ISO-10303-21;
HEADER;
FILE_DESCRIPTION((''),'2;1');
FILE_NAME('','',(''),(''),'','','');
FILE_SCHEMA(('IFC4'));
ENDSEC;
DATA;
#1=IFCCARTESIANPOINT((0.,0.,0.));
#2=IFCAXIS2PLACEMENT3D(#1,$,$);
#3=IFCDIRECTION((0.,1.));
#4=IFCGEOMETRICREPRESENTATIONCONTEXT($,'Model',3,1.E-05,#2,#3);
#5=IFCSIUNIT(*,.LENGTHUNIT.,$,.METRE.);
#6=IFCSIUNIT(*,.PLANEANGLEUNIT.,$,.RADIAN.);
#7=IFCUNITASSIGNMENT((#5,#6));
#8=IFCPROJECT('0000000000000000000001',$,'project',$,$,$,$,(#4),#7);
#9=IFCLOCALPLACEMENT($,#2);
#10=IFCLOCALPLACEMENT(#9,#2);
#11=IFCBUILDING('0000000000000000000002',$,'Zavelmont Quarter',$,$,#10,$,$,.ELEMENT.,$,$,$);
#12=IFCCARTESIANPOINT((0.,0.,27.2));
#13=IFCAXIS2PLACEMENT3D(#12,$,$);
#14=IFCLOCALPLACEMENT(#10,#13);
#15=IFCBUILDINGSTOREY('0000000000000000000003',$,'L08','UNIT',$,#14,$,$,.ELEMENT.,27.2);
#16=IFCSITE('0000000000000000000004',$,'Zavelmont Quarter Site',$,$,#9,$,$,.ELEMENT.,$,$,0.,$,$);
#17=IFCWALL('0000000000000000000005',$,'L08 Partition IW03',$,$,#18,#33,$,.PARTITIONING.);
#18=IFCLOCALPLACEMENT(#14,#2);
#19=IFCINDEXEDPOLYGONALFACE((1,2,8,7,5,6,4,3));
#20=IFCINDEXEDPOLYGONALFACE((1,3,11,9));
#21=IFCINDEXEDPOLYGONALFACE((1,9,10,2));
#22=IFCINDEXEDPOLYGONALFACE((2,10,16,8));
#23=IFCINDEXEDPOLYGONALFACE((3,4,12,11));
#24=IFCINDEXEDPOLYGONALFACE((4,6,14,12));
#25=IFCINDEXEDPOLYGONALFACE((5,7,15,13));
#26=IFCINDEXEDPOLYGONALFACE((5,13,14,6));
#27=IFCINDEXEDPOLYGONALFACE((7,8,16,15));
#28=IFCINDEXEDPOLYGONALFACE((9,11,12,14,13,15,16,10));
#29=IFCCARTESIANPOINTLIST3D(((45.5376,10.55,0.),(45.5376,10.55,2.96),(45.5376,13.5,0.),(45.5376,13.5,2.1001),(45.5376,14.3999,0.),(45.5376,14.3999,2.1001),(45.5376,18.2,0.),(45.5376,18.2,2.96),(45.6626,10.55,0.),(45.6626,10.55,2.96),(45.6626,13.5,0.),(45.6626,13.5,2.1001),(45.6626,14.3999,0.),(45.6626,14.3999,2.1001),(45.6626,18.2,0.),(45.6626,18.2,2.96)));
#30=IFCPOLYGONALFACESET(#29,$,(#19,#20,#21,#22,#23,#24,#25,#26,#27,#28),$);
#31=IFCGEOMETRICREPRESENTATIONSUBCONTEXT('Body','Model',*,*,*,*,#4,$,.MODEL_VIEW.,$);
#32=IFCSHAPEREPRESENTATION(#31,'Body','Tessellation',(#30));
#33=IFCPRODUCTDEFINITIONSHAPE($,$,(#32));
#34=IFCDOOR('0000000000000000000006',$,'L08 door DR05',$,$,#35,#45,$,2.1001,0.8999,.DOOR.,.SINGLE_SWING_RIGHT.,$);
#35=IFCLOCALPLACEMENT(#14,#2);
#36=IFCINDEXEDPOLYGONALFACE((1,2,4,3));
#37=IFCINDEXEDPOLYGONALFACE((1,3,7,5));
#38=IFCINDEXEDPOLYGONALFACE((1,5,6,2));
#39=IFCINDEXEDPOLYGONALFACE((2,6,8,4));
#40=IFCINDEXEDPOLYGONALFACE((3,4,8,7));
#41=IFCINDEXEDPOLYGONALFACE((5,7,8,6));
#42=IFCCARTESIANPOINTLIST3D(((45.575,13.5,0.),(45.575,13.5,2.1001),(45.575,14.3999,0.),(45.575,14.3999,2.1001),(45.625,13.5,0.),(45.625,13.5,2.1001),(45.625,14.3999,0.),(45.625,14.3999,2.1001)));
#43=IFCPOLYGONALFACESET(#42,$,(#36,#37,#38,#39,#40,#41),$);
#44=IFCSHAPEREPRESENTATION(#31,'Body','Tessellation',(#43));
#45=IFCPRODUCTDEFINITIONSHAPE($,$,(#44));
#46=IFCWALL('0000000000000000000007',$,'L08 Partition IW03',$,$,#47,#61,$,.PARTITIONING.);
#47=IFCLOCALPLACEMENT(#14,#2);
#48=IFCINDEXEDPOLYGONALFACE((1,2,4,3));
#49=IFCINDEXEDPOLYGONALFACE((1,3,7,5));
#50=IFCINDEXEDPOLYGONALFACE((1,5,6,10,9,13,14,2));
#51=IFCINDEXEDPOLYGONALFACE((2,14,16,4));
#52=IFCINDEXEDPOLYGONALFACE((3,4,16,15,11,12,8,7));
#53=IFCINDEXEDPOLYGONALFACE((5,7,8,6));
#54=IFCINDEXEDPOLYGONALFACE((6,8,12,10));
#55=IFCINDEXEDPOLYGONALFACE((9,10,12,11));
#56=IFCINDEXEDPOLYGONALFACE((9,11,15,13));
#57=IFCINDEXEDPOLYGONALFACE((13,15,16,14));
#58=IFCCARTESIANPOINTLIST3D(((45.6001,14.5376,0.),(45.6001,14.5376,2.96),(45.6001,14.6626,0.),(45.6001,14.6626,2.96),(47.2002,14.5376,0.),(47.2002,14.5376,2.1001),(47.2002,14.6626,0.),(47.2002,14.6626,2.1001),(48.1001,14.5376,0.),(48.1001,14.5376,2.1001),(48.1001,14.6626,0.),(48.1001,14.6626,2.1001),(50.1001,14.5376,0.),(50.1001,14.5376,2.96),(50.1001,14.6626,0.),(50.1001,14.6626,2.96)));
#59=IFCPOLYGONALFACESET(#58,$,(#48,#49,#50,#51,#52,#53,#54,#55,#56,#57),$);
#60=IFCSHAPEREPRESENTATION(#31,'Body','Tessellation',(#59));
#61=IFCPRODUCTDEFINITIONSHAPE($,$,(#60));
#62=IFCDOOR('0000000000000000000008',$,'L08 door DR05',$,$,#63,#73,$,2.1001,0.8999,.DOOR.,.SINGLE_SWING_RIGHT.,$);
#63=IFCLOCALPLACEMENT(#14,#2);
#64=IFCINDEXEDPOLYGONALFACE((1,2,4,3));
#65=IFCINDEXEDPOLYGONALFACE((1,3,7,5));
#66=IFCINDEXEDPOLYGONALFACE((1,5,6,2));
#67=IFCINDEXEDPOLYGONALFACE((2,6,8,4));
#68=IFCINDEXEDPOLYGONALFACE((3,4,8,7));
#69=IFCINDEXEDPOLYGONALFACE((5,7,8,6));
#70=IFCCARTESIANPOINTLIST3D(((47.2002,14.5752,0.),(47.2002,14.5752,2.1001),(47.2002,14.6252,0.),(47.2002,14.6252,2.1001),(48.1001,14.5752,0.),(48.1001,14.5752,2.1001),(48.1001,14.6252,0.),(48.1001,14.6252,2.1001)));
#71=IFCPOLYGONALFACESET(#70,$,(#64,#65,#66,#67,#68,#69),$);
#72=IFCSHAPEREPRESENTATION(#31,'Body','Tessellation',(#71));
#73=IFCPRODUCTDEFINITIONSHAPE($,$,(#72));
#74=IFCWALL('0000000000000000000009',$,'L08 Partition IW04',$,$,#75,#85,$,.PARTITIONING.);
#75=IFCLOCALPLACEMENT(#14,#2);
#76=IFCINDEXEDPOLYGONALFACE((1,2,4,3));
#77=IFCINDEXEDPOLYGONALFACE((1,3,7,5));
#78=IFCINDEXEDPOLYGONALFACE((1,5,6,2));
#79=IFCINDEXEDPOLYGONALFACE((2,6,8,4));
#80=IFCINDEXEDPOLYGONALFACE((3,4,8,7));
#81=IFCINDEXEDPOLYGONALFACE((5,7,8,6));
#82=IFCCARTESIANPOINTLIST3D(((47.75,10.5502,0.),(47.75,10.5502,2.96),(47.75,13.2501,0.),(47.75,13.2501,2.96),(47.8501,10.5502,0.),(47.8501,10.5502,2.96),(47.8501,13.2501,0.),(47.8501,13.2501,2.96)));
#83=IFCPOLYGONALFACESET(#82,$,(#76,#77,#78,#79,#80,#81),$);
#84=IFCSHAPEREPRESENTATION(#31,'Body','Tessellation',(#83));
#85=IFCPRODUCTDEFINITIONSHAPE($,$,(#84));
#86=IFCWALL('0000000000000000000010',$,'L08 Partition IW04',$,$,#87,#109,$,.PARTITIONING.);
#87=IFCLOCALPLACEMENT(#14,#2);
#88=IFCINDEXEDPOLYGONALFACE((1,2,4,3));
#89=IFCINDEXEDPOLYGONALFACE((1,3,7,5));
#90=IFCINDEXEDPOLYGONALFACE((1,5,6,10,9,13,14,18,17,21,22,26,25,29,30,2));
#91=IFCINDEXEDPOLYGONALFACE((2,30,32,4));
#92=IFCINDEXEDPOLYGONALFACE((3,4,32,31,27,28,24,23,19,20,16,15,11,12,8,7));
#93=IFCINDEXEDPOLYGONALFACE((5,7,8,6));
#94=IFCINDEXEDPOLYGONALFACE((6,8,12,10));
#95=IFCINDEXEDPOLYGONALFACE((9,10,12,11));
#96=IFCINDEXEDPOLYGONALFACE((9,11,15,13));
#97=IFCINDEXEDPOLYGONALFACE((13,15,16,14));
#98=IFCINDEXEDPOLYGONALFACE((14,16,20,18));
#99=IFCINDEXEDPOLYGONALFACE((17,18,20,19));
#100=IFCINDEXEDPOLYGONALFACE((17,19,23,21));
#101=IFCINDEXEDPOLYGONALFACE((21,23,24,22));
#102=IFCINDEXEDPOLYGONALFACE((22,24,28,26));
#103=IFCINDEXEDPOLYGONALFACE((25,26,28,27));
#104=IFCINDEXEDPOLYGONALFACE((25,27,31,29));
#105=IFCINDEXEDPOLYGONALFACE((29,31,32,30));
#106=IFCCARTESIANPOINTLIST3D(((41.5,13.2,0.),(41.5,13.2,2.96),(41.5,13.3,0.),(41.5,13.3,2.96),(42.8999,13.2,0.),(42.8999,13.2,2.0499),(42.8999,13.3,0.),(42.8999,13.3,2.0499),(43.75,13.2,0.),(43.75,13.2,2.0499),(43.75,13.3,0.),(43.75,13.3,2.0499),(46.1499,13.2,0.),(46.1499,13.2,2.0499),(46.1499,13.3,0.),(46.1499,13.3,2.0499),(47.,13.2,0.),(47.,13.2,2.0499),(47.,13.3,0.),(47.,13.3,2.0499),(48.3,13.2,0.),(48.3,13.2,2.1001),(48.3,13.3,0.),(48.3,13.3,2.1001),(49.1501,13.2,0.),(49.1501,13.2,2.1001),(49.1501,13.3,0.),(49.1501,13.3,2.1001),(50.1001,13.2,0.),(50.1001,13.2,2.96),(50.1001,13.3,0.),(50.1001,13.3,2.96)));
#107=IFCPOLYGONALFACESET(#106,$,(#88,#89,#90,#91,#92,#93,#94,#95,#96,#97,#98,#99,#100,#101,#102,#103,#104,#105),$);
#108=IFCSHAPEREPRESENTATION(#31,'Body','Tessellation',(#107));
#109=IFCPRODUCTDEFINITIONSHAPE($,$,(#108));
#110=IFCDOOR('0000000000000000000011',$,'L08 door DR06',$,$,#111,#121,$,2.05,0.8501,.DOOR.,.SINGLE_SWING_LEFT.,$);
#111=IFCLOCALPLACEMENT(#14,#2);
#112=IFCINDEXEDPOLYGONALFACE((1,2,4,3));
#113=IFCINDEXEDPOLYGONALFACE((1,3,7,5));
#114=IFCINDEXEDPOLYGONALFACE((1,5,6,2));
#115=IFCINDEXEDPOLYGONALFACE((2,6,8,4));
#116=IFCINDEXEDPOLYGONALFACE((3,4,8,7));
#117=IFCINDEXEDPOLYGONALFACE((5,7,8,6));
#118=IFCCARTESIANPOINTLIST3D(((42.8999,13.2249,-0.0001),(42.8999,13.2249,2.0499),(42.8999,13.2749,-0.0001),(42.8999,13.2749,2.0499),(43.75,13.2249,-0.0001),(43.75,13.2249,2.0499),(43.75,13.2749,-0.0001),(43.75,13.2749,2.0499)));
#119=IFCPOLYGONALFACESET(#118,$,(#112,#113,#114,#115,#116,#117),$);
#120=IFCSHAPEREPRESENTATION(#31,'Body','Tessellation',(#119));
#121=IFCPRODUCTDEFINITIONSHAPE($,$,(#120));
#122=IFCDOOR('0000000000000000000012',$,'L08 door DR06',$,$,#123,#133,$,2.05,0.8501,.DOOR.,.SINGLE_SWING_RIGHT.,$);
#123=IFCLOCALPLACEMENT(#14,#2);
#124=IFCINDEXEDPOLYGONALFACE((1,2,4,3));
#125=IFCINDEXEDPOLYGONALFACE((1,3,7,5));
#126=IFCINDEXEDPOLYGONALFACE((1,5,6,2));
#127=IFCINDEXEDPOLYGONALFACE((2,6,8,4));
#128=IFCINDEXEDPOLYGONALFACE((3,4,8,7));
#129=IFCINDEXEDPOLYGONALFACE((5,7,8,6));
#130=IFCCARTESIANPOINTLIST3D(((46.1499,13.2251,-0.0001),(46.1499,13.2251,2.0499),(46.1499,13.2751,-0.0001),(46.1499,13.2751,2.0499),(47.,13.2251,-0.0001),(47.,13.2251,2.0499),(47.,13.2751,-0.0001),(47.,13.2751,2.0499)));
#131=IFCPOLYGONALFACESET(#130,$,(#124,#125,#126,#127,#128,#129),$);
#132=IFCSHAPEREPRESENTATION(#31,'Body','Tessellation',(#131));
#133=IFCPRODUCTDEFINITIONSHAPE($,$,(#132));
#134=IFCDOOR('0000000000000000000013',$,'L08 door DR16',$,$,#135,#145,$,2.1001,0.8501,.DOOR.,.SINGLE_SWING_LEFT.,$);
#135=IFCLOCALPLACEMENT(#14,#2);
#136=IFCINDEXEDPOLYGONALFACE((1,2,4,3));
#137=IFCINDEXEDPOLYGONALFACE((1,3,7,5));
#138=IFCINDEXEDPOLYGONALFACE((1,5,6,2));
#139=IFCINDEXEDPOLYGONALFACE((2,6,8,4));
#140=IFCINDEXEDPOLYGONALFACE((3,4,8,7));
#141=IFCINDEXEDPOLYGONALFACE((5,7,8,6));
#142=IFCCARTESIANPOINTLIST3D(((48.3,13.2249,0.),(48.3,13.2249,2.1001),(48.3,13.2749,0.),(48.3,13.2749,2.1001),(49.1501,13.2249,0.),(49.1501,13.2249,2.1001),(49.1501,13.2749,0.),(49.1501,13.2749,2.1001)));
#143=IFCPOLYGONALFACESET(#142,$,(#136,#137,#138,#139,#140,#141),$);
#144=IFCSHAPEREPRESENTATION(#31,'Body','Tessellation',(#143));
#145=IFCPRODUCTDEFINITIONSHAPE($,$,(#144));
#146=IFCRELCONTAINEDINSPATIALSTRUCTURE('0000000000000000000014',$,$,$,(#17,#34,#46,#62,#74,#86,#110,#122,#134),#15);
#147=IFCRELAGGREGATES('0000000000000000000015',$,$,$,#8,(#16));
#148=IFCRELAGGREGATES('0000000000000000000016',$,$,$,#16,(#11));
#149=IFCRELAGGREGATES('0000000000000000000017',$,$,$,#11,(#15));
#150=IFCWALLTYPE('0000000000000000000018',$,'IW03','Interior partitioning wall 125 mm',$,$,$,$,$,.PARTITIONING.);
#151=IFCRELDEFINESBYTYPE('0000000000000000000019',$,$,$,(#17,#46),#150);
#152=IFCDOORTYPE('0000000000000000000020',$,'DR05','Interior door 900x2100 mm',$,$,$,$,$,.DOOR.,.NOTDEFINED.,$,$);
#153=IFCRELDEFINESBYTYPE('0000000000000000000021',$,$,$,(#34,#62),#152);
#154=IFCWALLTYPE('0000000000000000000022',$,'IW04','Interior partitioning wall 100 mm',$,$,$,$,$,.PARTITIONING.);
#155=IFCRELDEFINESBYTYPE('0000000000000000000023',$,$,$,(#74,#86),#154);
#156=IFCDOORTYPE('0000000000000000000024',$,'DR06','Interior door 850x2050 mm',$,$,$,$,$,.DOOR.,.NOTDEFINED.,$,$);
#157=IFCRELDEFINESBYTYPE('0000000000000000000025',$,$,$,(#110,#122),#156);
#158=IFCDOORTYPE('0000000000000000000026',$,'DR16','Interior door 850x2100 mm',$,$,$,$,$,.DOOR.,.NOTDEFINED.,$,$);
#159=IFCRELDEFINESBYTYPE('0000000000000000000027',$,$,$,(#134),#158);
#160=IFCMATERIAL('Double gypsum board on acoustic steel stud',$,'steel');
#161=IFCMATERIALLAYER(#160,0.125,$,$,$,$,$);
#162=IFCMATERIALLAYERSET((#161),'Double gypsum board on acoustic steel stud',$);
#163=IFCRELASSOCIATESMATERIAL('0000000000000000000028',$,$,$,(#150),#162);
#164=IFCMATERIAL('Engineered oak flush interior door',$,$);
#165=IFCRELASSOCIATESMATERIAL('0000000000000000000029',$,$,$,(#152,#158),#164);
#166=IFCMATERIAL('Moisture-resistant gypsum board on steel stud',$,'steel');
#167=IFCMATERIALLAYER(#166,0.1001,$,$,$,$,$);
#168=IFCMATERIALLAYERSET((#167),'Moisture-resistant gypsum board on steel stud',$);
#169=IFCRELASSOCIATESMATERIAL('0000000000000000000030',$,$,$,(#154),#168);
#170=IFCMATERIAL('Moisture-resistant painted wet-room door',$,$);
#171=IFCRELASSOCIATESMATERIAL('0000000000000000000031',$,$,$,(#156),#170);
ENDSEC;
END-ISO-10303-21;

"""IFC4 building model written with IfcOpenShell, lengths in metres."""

from ifc_helpers import new_model, si_unit, direction, frame, frame_2d, origin, origin_with_axes, place, context, subcontext, project, spatial, rectangle, extrude, material, layer, layer_set, type_object, element, fill, save


model = new_model("IFC4")

# Units and contexts
model_context = context("Model", 3, precision=1e-05, world=origin(), true_north=direction((0.0, 1.0)))
body_context = subcontext(model_context, "Body", "Model", "MODEL_VIEW")
ifc_project = project(units=[si_unit("LENGTHUNIT", "METRE"), si_unit("PLANEANGLEUNIT", "RADIAN")], contexts=[model_context])

# Site, building, storey
site_placement = place(None, origin())
site = spatial("IfcSite", under=ifc_project, at=site_placement, Name="Zavelmont Quarter Site", CompositionType="ELEMENT", RefElevation=0.0)
building_placement = place(site_placement, origin())
building = spatial("IfcBuilding", under=site, at=building_placement, Name="Zavelmont Quarter", CompositionType="ELEMENT")
storey_placement = place(building_placement, frame((0.0, 0.0, 27.2)))
storey = spatial("IfcBuildingStorey", under=building, at=storey_placement, Name="L08", Description="UNIT", CompositionType="ELEMENT", Elevation=27.2)

# Walls, openings, doors
ifc_material_1 = material(Name="Double gypsum board on acoustic steel stud", Category="steel")
ifc_layer_1 = layer(ifc_material_1, 0.125)
ifc_layer_set_1 = layer_set([ifc_layer_1], Name="Double gypsum board on acoustic steel stud")
wall_type_1 = type_object("IfcWallType", Name="IW03", Description="Interior partitioning wall 125 mm", PredefinedType="PARTITIONING", material=ifc_layer_set_1)
wall_1_placement = place(storey_placement, frame((45.6001, 10.55, 0.0), z_axis=(0.0, 0.0, 1.0), x_axis=(0.0, 1.0, 0.0)))
wall_1 = element("IfcWall", 1, at=wall_1_placement, inside=storey, type_object=wall_type_1, Name="L08 Partition IW03", PredefinedType="PARTITIONING", context=body_context, shape_type="SweptSolid", body=[
    extrude(rectangle(XDim=7.6499, YDim=0.125, at=frame_2d((3.825, 0.0))), origin(), (0.0, 0.0, 1.0), 2.96),
])
opening_1_placement = place(wall_1_placement, frame((2.95, 0.0, 0.0)))
opening_1 = element("IfcOpeningElement", 2, at=opening_1_placement, cuts=wall_1, PredefinedType="OPENING", context=body_context, shape_type="SweptSolid", body=[
    extrude(rectangle(XDim=0.8999, YDim=2.1001, at=frame_2d((0.45, 1.05))), frame((0.0, 0.0745, 0.0), z_axis=(0.0, -1.0, 0.0), x_axis=(1.0, 0.0, 0.0)), (0.0, 0.0, 1.0), 0.1489),
])
ifc_material_2 = material(Name="Engineered oak flush interior door")
door_type_1 = type_object("IfcDoorType", Name="DR05", Description="Interior door 900x2100 mm", OperationType="NOTDEFINED", PredefinedType="DOOR", material=ifc_material_2)
door_1_placement = place(opening_1_placement, frame((0.8999, 0.0, 0.0), z_axis=(0.0, 0.0, 1.0), x_axis=(-1.0, 0.0, 0.0)))
door_1 = element("IfcDoor", 3, at=door_1_placement, inside=storey, type_object=door_type_1, Name="L08 door DR05", OperationType="SINGLE_SWING_RIGHT", OverallHeight=2.1001, OverallWidth=0.8999, PredefinedType="DOOR", context=body_context, shape_type="SweptSolid", body=[
    extrude(rectangle(XDim=0.8999, YDim=2.1001, at=frame_2d((0.45, 1.05))), frame((0.0, 0.0249, 0.0), z_axis=(0.0, -1.0, 0.0), x_axis=(1.0, 0.0, 0.0)), (0.0, 0.0, 1.0), 0.05),
])
fill(opening_1, door_1)
wall_2_placement = place(storey_placement, frame((45.6001, 14.6001, 0.0), z_axis=(0.0, 0.0, 1.0), x_axis=(1.0, 0.0, 0.0)))
wall_2 = element("IfcWall", 4, at=wall_2_placement, inside=storey, type_object=wall_type_1, Name="L08 Partition IW03", PredefinedType="PARTITIONING", context=body_context, shape_type="SweptSolid", body=[
    extrude(rectangle(XDim=4.5, YDim=0.125, at=frame_2d((2.25, 0.0))), origin(), (0.0, 0.0, 1.0), 2.96),
])
opening_2_placement = place(wall_2_placement, frame((1.6001, 0.0, 0.0)))
opening_2 = element("IfcOpeningElement", 5, at=opening_2_placement, cuts=wall_2, PredefinedType="OPENING", context=body_context, shape_type="SweptSolid", body=[
    extrude(rectangle(XDim=0.8999, YDim=2.1001, at=frame_2d((0.45, 1.05))), frame((0.0, 0.0745, 0.0), z_axis=(0.0, -1.0, 0.0), x_axis=(1.0, 0.0, 0.0)), (0.0, 0.0, 1.0), 0.1489),
])
door_2_placement = place(opening_2_placement, frame((0.8999, 0.0, 0.0), z_axis=(0.0, 0.0, 1.0), x_axis=(-1.0, 0.0, 0.0)))
door_2 = element("IfcDoor", 6, at=door_2_placement, inside=storey, type_object=door_type_1, Name="L08 door DR05", OperationType="SINGLE_SWING_RIGHT", OverallHeight=2.1001, OverallWidth=0.8999, PredefinedType="DOOR", context=body_context, shape_type="SweptSolid", body=[
    extrude(rectangle(XDim=0.8999, YDim=2.1001, at=frame_2d((0.45, 1.05))), frame((0.0, 0.0249, 0.0), z_axis=(0.0, -1.0, 0.0), x_axis=(1.0, 0.0, 0.0)), (0.0, 0.0, 1.0), 0.05),
])
fill(opening_2, door_2)

# Wall
ifc_material_3 = material(Name="Moisture-resistant gypsum board on steel stud", Category="steel")
ifc_layer_2 = layer(ifc_material_3, 0.1001)
ifc_layer_set_2 = layer_set([ifc_layer_2], Name="Moisture-resistant gypsum board on steel stud")
wall_type_2 = type_object("IfcWallType", Name="IW04", Description="Interior partitioning wall 100 mm", PredefinedType="PARTITIONING", material=ifc_layer_set_2)
wall_3_placement = place(storey_placement, frame((47.8, 10.55, 0.0), z_axis=(0.0, 0.0, 1.0), x_axis=(0.0, 1.0, 0.0)))
element("IfcWall", 7, at=wall_3_placement, inside=storey, type_object=wall_type_2, Name="L08 Partition IW04", PredefinedType="PARTITIONING", context=body_context, shape_type="SweptSolid", body=[
    extrude(rectangle(XDim=2.7, YDim=0.1001, at=frame_2d((1.3501, 0.0))), origin(), (0.0, 0.0, 1.0), 2.96),
])

# Wall, openings, doors
wall_4_placement = place(storey_placement, frame((41.5, 13.25, 0.0), z_axis=(0.0, 0.0, 1.0), x_axis=(1.0, 0.0, 0.0)))
wall_4 = element("IfcWall", 8, at=wall_4_placement, inside=storey, type_object=wall_type_2, Name="L08 Partition IW04", PredefinedType="PARTITIONING", context=body_context, shape_type="SweptSolid", body=[
    extrude(rectangle(XDim=8.6001, YDim=0.1001, at=frame_2d((4.3, 0.0))), origin(), (0.0, 0.0, 1.0), 2.96),
])
opening_3_placement = place(wall_4_placement, frame((1.3999, 0.0, 0.0)))
opening_3 = element("IfcOpeningElement", 9, at=opening_3_placement, cuts=wall_4, PredefinedType="OPENING", context=body_context, shape_type="SweptSolid", body=[
    extrude(rectangle(XDim=0.8501, YDim=2.05, at=frame_2d((0.425, 1.0249))), frame((0.0, 0.062, 0.0), z_axis=(0.0, -1.0, 0.0), x_axis=(1.0, 0.0, 0.0)), (0.0, 0.0, 1.0), 0.124),
])
opening_4_placement = place(wall_4_placement, frame((4.6499, 0.0, 0.0)))
opening_4 = element("IfcOpeningElement", 10, at=opening_4_placement, cuts=wall_4, PredefinedType="OPENING", context=body_context, shape_type="SweptSolid", body=[
    extrude(rectangle(XDim=0.8501, YDim=2.05, at=frame_2d((0.425, 1.0249))), frame((0.0, 0.062, 0.0), z_axis=(0.0, -1.0, 0.0), x_axis=(1.0, 0.0, 0.0)), (0.0, 0.0, 1.0), 0.124),
])
opening_5_placement = place(wall_4_placement, frame((6.8, 0.0, 0.0)))
opening_5 = element("IfcOpeningElement", 11, at=opening_5_placement, cuts=wall_4, PredefinedType="OPENING", context=body_context, shape_type="SweptSolid", body=[
    extrude(rectangle(XDim=0.8501, YDim=2.1001, at=frame_2d((0.425, 1.05))), frame((0.0, 0.062, 0.0), z_axis=(0.0, -1.0, 0.0), x_axis=(1.0, 0.0, 0.0)), (0.0, 0.0, 1.0), 0.124),
])
ifc_material_4 = material(Name="Moisture-resistant painted wet-room door")
door_type_2 = type_object("IfcDoorType", Name="DR06", Description="Interior door 850x2050 mm", OperationType="NOTDEFINED", PredefinedType="DOOR", material=ifc_material_4)
door_3_placement = place(opening_3_placement, origin_with_axes())
door_3 = element("IfcDoor", 12, at=door_3_placement, inside=storey, type_object=door_type_2, Name="L08 door DR06", OperationType="SINGLE_SWING_LEFT", OverallHeight=2.05, OverallWidth=0.8501, PredefinedType="DOOR", context=body_context, shape_type="SweptSolid", body=[
    extrude(rectangle(XDim=0.8501, YDim=2.05, at=frame_2d((0.425, 1.0249))), frame((0.0, 0.0249, 0.0), z_axis=(0.0, -1.0, 0.0), x_axis=(1.0, 0.0, 0.0)), (0.0, 0.0, 1.0), 0.05),
])
fill(opening_3, door_3)
door_4_placement = place(opening_4_placement, frame((0.8501, 0.0, 0.0), z_axis=(0.0, 0.0, 1.0), x_axis=(-1.0, 0.0, 0.0)))
door_4 = element("IfcDoor", 13, at=door_4_placement, inside=storey, type_object=door_type_2, Name="L08 door DR06", OperationType="SINGLE_SWING_RIGHT", OverallHeight=2.05, OverallWidth=0.8501, PredefinedType="DOOR", context=body_context, shape_type="SweptSolid", body=[
    extrude(rectangle(XDim=0.8501, YDim=2.05, at=frame_2d((0.425, 1.0249))), frame((0.0, 0.0249, 0.0), z_axis=(0.0, -1.0, 0.0), x_axis=(1.0, 0.0, 0.0)), (0.0, 0.0, 1.0), 0.05),
])
fill(opening_4, door_4)
door_type_3 = type_object("IfcDoorType", Name="DR16", Description="Interior door 850x2100 mm", OperationType="NOTDEFINED", PredefinedType="DOOR", material=ifc_material_2)
door_5_placement = place(opening_5_placement, origin_with_axes())
door_5 = element("IfcDoor", 14, at=door_5_placement, inside=storey, type_object=door_type_3, Name="L08 door DR16", OperationType="SINGLE_SWING_LEFT", OverallHeight=2.1001, OverallWidth=0.8501, PredefinedType="DOOR", context=body_context, shape_type="SweptSolid", body=[
    extrude(rectangle(XDim=0.8501, YDim=2.1001, at=frame_2d((0.425, 1.05))), frame((0.0, 0.0249, 0.0), z_axis=(0.0, -1.0, 0.0), x_axis=(1.0, 0.0, 0.0)), (0.0, 0.0, 1.0), 0.05),
])
fill(opening_5, door_5)

save(model, "model.ifc")
